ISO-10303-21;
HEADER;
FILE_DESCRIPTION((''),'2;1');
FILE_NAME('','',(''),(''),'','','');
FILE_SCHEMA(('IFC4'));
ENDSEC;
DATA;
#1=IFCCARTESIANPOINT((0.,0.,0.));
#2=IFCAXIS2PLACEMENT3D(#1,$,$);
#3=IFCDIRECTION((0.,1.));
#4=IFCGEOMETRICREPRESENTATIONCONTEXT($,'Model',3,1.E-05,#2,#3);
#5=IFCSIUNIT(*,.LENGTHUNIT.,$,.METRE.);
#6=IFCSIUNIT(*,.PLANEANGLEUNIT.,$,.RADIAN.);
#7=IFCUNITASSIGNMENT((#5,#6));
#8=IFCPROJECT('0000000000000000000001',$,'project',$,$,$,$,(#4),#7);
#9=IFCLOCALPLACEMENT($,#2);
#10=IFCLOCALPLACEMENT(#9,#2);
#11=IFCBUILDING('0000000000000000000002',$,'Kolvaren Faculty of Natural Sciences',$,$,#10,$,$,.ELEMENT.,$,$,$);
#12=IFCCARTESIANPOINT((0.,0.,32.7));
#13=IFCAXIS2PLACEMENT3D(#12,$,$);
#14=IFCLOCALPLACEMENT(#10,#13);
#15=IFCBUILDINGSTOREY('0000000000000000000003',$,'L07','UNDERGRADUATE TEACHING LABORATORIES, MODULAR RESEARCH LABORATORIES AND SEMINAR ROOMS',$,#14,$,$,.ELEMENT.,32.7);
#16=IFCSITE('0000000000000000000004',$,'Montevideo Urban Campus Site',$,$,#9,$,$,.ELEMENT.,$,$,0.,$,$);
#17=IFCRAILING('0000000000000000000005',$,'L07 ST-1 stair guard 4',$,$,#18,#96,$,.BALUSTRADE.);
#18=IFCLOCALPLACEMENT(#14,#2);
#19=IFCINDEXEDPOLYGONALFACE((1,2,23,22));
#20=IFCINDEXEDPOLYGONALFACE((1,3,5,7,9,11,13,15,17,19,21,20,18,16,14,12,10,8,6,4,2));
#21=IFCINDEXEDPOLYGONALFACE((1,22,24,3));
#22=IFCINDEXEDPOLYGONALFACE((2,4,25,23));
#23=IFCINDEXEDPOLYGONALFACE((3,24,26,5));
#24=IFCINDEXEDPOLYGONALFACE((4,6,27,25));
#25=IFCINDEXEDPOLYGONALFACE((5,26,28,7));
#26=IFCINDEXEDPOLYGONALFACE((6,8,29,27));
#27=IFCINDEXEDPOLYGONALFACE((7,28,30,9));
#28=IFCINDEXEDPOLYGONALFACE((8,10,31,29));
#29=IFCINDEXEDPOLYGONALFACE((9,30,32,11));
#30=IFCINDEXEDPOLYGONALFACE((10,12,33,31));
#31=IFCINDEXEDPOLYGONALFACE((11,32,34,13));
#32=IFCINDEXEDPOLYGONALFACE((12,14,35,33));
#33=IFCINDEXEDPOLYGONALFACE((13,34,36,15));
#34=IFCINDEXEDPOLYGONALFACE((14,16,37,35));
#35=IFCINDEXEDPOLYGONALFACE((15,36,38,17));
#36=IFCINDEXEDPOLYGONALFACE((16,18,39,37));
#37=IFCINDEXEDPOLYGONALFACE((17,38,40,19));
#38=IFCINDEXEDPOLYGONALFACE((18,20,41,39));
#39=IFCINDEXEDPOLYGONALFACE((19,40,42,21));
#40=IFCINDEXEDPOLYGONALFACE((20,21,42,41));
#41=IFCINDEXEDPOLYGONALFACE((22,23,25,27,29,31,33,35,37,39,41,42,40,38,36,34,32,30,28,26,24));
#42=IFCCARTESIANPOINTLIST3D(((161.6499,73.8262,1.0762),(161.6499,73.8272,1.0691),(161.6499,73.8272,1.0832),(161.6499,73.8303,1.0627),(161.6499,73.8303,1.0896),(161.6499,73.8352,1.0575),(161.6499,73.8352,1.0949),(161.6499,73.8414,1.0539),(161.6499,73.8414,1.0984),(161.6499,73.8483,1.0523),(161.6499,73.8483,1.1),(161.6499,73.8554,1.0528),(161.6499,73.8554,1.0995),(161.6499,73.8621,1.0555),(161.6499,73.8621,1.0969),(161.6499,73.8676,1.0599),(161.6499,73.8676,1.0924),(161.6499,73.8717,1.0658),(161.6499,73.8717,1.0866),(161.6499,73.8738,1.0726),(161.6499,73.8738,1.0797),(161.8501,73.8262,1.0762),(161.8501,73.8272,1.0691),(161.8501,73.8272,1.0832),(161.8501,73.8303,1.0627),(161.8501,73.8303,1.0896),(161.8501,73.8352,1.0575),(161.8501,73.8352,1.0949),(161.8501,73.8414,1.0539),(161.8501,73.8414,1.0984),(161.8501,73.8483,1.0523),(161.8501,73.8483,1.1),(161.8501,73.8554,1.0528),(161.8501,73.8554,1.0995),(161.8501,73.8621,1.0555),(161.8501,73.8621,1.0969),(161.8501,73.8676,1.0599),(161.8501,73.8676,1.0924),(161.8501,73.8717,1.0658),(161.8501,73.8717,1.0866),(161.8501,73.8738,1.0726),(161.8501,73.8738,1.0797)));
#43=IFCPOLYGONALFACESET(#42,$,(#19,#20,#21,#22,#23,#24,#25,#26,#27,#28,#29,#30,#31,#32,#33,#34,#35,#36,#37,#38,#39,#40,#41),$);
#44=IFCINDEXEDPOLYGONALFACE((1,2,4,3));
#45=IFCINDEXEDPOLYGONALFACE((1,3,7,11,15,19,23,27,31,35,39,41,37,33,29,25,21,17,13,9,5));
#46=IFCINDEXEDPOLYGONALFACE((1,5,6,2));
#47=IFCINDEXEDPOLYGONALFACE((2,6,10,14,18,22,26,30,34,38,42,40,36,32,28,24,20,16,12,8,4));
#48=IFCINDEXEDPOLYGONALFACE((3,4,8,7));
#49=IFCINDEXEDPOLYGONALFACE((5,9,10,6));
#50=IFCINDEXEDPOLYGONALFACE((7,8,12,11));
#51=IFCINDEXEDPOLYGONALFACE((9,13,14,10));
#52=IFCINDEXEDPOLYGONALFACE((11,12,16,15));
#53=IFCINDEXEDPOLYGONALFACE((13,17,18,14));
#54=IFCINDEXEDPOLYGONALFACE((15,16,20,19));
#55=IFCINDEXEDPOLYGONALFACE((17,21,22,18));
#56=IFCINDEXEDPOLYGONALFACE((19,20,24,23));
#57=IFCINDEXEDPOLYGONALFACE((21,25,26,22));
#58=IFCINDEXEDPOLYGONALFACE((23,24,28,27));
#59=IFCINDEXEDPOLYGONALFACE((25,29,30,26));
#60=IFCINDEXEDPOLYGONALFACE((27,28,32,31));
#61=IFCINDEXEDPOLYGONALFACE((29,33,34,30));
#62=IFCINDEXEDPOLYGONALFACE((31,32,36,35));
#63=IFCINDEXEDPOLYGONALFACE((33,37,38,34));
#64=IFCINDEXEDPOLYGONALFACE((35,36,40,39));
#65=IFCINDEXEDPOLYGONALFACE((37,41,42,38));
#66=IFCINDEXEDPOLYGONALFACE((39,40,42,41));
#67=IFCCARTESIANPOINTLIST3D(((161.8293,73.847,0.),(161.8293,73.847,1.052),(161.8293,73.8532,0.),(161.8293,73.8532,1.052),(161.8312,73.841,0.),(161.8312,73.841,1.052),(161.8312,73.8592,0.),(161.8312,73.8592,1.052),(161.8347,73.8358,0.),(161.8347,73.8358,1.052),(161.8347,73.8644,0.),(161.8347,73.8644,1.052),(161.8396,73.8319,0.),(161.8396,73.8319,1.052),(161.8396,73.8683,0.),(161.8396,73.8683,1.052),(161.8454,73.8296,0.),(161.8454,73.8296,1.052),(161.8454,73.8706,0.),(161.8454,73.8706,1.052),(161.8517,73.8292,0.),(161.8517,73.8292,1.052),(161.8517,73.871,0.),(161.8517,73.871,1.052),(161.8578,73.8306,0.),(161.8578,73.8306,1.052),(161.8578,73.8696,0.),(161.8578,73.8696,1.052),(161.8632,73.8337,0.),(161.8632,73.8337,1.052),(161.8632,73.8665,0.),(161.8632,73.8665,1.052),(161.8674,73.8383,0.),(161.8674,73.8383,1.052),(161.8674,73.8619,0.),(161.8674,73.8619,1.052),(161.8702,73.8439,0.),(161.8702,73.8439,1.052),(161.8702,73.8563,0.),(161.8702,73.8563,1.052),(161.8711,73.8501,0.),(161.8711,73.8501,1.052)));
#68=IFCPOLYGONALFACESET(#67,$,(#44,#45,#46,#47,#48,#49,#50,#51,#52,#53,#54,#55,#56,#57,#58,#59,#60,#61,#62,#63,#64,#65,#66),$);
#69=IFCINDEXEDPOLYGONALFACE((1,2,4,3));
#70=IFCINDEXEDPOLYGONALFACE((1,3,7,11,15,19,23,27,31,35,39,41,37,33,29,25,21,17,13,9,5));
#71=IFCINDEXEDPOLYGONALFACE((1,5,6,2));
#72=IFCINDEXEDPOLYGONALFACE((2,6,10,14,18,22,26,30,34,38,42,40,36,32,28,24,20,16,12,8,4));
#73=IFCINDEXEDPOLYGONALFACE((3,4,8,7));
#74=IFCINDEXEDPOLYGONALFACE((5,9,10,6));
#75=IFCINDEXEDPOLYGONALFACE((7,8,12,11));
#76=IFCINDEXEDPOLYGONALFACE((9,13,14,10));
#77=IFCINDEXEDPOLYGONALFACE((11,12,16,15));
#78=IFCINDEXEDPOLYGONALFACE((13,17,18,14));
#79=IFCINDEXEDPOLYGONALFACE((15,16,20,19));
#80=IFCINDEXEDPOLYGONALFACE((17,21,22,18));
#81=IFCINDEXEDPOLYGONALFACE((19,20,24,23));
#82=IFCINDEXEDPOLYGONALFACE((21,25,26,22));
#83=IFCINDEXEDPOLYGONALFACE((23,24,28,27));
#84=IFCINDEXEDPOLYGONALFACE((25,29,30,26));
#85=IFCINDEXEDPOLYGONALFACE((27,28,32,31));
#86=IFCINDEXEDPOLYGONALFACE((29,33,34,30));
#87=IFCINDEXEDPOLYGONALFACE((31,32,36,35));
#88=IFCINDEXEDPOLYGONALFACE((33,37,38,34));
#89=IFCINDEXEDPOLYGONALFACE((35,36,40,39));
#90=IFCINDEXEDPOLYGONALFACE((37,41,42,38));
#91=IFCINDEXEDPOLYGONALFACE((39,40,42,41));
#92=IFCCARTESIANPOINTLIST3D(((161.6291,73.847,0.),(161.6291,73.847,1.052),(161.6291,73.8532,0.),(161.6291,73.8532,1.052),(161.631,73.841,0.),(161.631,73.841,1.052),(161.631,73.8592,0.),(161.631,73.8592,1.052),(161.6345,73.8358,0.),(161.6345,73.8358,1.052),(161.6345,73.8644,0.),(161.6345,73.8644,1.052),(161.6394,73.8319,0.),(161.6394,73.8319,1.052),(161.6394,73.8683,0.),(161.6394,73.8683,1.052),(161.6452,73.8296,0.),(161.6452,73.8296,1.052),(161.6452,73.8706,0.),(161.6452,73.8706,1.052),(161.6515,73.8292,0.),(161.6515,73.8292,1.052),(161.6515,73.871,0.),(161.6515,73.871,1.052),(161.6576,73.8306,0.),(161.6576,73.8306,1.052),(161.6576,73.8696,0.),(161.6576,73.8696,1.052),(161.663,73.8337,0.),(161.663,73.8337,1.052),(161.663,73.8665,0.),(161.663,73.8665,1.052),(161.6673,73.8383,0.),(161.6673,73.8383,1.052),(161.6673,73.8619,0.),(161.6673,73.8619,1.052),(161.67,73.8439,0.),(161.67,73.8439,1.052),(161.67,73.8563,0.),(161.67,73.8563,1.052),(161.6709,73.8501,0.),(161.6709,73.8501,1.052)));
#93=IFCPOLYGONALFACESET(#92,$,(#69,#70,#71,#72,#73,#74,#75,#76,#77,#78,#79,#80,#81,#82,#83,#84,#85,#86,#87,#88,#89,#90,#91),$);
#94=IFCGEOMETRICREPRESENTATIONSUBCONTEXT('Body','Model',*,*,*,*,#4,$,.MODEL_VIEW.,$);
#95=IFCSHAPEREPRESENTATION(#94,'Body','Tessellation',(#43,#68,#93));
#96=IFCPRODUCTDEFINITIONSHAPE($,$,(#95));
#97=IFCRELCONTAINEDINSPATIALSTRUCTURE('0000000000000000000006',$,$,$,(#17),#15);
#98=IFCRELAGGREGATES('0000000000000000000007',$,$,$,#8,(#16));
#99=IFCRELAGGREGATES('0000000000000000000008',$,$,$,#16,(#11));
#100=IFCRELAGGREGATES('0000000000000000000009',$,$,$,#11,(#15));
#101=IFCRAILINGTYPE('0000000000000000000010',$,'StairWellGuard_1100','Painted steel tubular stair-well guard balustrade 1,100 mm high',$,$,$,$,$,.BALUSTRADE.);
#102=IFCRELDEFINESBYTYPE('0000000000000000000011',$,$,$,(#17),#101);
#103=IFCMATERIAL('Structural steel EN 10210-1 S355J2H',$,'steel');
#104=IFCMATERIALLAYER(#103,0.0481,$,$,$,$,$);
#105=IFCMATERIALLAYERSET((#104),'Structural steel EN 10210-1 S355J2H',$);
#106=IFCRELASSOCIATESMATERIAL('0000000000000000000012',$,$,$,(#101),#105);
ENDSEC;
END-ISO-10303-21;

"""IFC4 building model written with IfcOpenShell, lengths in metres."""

from ifc_helpers import new_model, si_unit, direction, frame, origin, origin_2d, place, context, subcontext, project, spatial, circle, extrude, material, layer, layer_set, type_object, element, save


model = new_model("IFC4")

# Units and contexts
model_context = context("Model", 3, precision=1e-05, world=origin(), true_north=direction((0.0, 1.0)))
body_context = subcontext(model_context, "Body", "Model", "MODEL_VIEW")
ifc_project = project(units=[si_unit("LENGTHUNIT", "METRE"), si_unit("PLANEANGLEUNIT", "RADIAN")], contexts=[model_context])

# Site, building, storey
site_placement = place(None, origin())
site = spatial("IfcSite", under=ifc_project, at=site_placement, Name="Montevideo Urban Campus Site", CompositionType="ELEMENT", RefElevation=0.0)
building_placement = place(site_placement, origin())
building = spatial("IfcBuilding", under=site, at=building_placement, Name="Kolvaren Faculty of Natural Sciences", CompositionType="ELEMENT")
storey_placement = place(building_placement, frame((0.0, 0.0, 32.7)))
storey = spatial("IfcBuildingStorey", under=building, at=storey_placement, Name="L07", Description="UNDERGRADUATE TEACHING LABORATORIES, MODULAR RESEARCH LABORATORIES AND SEMINAR ROOMS", CompositionType="ELEMENT", Elevation=32.7)

# Railing
ifc_material_1 = material(Name="Structural steel EN 10210-1 S355J2H", Category="steel")
ifc_layer_1 = layer(ifc_material_1, 0.0481)
ifc_layer_set_1 = layer_set([ifc_layer_1], Name="Structural steel EN 10210-1 S355J2H")
railing_type_1 = type_object("IfcRailingType", Name="StairWellGuard_1100", Description="Painted steel tubular stair-well guard balustrade 1,100 mm high", PredefinedType="BALUSTRADE", material=ifc_layer_set_1)
railing_1_placement = place(storey_placement, frame((161.8501, 73.8501, 0.0)))
element("IfcRailing", 1, at=railing_1_placement, inside=storey, type_object=railing_type_1, Name="L07 ST-1 stair guard 4", PredefinedType="BALUSTRADE", context=body_context, shape_type="SweptSolid", body=[
    extrude(circle(Radius=0.0239, at=origin_2d()), frame((0.0, 0.0, 1.0762), z_axis=(-1.0, 0.0, 0.0), x_axis=(0.0, -1.0, 0.0)), (0.0, 0.0, 1.0), 0.2002),
    extrude(circle(Radius=0.021, at=origin_2d()), origin(), (0.0, 0.0, 1.0), 1.052),
    extrude(circle(Radius=0.021, at=origin_2d()), frame((-0.2002, 0.0, 0.0)), (0.0, 0.0, 1.0), 1.052),
])

save(model, "model.ifc")
